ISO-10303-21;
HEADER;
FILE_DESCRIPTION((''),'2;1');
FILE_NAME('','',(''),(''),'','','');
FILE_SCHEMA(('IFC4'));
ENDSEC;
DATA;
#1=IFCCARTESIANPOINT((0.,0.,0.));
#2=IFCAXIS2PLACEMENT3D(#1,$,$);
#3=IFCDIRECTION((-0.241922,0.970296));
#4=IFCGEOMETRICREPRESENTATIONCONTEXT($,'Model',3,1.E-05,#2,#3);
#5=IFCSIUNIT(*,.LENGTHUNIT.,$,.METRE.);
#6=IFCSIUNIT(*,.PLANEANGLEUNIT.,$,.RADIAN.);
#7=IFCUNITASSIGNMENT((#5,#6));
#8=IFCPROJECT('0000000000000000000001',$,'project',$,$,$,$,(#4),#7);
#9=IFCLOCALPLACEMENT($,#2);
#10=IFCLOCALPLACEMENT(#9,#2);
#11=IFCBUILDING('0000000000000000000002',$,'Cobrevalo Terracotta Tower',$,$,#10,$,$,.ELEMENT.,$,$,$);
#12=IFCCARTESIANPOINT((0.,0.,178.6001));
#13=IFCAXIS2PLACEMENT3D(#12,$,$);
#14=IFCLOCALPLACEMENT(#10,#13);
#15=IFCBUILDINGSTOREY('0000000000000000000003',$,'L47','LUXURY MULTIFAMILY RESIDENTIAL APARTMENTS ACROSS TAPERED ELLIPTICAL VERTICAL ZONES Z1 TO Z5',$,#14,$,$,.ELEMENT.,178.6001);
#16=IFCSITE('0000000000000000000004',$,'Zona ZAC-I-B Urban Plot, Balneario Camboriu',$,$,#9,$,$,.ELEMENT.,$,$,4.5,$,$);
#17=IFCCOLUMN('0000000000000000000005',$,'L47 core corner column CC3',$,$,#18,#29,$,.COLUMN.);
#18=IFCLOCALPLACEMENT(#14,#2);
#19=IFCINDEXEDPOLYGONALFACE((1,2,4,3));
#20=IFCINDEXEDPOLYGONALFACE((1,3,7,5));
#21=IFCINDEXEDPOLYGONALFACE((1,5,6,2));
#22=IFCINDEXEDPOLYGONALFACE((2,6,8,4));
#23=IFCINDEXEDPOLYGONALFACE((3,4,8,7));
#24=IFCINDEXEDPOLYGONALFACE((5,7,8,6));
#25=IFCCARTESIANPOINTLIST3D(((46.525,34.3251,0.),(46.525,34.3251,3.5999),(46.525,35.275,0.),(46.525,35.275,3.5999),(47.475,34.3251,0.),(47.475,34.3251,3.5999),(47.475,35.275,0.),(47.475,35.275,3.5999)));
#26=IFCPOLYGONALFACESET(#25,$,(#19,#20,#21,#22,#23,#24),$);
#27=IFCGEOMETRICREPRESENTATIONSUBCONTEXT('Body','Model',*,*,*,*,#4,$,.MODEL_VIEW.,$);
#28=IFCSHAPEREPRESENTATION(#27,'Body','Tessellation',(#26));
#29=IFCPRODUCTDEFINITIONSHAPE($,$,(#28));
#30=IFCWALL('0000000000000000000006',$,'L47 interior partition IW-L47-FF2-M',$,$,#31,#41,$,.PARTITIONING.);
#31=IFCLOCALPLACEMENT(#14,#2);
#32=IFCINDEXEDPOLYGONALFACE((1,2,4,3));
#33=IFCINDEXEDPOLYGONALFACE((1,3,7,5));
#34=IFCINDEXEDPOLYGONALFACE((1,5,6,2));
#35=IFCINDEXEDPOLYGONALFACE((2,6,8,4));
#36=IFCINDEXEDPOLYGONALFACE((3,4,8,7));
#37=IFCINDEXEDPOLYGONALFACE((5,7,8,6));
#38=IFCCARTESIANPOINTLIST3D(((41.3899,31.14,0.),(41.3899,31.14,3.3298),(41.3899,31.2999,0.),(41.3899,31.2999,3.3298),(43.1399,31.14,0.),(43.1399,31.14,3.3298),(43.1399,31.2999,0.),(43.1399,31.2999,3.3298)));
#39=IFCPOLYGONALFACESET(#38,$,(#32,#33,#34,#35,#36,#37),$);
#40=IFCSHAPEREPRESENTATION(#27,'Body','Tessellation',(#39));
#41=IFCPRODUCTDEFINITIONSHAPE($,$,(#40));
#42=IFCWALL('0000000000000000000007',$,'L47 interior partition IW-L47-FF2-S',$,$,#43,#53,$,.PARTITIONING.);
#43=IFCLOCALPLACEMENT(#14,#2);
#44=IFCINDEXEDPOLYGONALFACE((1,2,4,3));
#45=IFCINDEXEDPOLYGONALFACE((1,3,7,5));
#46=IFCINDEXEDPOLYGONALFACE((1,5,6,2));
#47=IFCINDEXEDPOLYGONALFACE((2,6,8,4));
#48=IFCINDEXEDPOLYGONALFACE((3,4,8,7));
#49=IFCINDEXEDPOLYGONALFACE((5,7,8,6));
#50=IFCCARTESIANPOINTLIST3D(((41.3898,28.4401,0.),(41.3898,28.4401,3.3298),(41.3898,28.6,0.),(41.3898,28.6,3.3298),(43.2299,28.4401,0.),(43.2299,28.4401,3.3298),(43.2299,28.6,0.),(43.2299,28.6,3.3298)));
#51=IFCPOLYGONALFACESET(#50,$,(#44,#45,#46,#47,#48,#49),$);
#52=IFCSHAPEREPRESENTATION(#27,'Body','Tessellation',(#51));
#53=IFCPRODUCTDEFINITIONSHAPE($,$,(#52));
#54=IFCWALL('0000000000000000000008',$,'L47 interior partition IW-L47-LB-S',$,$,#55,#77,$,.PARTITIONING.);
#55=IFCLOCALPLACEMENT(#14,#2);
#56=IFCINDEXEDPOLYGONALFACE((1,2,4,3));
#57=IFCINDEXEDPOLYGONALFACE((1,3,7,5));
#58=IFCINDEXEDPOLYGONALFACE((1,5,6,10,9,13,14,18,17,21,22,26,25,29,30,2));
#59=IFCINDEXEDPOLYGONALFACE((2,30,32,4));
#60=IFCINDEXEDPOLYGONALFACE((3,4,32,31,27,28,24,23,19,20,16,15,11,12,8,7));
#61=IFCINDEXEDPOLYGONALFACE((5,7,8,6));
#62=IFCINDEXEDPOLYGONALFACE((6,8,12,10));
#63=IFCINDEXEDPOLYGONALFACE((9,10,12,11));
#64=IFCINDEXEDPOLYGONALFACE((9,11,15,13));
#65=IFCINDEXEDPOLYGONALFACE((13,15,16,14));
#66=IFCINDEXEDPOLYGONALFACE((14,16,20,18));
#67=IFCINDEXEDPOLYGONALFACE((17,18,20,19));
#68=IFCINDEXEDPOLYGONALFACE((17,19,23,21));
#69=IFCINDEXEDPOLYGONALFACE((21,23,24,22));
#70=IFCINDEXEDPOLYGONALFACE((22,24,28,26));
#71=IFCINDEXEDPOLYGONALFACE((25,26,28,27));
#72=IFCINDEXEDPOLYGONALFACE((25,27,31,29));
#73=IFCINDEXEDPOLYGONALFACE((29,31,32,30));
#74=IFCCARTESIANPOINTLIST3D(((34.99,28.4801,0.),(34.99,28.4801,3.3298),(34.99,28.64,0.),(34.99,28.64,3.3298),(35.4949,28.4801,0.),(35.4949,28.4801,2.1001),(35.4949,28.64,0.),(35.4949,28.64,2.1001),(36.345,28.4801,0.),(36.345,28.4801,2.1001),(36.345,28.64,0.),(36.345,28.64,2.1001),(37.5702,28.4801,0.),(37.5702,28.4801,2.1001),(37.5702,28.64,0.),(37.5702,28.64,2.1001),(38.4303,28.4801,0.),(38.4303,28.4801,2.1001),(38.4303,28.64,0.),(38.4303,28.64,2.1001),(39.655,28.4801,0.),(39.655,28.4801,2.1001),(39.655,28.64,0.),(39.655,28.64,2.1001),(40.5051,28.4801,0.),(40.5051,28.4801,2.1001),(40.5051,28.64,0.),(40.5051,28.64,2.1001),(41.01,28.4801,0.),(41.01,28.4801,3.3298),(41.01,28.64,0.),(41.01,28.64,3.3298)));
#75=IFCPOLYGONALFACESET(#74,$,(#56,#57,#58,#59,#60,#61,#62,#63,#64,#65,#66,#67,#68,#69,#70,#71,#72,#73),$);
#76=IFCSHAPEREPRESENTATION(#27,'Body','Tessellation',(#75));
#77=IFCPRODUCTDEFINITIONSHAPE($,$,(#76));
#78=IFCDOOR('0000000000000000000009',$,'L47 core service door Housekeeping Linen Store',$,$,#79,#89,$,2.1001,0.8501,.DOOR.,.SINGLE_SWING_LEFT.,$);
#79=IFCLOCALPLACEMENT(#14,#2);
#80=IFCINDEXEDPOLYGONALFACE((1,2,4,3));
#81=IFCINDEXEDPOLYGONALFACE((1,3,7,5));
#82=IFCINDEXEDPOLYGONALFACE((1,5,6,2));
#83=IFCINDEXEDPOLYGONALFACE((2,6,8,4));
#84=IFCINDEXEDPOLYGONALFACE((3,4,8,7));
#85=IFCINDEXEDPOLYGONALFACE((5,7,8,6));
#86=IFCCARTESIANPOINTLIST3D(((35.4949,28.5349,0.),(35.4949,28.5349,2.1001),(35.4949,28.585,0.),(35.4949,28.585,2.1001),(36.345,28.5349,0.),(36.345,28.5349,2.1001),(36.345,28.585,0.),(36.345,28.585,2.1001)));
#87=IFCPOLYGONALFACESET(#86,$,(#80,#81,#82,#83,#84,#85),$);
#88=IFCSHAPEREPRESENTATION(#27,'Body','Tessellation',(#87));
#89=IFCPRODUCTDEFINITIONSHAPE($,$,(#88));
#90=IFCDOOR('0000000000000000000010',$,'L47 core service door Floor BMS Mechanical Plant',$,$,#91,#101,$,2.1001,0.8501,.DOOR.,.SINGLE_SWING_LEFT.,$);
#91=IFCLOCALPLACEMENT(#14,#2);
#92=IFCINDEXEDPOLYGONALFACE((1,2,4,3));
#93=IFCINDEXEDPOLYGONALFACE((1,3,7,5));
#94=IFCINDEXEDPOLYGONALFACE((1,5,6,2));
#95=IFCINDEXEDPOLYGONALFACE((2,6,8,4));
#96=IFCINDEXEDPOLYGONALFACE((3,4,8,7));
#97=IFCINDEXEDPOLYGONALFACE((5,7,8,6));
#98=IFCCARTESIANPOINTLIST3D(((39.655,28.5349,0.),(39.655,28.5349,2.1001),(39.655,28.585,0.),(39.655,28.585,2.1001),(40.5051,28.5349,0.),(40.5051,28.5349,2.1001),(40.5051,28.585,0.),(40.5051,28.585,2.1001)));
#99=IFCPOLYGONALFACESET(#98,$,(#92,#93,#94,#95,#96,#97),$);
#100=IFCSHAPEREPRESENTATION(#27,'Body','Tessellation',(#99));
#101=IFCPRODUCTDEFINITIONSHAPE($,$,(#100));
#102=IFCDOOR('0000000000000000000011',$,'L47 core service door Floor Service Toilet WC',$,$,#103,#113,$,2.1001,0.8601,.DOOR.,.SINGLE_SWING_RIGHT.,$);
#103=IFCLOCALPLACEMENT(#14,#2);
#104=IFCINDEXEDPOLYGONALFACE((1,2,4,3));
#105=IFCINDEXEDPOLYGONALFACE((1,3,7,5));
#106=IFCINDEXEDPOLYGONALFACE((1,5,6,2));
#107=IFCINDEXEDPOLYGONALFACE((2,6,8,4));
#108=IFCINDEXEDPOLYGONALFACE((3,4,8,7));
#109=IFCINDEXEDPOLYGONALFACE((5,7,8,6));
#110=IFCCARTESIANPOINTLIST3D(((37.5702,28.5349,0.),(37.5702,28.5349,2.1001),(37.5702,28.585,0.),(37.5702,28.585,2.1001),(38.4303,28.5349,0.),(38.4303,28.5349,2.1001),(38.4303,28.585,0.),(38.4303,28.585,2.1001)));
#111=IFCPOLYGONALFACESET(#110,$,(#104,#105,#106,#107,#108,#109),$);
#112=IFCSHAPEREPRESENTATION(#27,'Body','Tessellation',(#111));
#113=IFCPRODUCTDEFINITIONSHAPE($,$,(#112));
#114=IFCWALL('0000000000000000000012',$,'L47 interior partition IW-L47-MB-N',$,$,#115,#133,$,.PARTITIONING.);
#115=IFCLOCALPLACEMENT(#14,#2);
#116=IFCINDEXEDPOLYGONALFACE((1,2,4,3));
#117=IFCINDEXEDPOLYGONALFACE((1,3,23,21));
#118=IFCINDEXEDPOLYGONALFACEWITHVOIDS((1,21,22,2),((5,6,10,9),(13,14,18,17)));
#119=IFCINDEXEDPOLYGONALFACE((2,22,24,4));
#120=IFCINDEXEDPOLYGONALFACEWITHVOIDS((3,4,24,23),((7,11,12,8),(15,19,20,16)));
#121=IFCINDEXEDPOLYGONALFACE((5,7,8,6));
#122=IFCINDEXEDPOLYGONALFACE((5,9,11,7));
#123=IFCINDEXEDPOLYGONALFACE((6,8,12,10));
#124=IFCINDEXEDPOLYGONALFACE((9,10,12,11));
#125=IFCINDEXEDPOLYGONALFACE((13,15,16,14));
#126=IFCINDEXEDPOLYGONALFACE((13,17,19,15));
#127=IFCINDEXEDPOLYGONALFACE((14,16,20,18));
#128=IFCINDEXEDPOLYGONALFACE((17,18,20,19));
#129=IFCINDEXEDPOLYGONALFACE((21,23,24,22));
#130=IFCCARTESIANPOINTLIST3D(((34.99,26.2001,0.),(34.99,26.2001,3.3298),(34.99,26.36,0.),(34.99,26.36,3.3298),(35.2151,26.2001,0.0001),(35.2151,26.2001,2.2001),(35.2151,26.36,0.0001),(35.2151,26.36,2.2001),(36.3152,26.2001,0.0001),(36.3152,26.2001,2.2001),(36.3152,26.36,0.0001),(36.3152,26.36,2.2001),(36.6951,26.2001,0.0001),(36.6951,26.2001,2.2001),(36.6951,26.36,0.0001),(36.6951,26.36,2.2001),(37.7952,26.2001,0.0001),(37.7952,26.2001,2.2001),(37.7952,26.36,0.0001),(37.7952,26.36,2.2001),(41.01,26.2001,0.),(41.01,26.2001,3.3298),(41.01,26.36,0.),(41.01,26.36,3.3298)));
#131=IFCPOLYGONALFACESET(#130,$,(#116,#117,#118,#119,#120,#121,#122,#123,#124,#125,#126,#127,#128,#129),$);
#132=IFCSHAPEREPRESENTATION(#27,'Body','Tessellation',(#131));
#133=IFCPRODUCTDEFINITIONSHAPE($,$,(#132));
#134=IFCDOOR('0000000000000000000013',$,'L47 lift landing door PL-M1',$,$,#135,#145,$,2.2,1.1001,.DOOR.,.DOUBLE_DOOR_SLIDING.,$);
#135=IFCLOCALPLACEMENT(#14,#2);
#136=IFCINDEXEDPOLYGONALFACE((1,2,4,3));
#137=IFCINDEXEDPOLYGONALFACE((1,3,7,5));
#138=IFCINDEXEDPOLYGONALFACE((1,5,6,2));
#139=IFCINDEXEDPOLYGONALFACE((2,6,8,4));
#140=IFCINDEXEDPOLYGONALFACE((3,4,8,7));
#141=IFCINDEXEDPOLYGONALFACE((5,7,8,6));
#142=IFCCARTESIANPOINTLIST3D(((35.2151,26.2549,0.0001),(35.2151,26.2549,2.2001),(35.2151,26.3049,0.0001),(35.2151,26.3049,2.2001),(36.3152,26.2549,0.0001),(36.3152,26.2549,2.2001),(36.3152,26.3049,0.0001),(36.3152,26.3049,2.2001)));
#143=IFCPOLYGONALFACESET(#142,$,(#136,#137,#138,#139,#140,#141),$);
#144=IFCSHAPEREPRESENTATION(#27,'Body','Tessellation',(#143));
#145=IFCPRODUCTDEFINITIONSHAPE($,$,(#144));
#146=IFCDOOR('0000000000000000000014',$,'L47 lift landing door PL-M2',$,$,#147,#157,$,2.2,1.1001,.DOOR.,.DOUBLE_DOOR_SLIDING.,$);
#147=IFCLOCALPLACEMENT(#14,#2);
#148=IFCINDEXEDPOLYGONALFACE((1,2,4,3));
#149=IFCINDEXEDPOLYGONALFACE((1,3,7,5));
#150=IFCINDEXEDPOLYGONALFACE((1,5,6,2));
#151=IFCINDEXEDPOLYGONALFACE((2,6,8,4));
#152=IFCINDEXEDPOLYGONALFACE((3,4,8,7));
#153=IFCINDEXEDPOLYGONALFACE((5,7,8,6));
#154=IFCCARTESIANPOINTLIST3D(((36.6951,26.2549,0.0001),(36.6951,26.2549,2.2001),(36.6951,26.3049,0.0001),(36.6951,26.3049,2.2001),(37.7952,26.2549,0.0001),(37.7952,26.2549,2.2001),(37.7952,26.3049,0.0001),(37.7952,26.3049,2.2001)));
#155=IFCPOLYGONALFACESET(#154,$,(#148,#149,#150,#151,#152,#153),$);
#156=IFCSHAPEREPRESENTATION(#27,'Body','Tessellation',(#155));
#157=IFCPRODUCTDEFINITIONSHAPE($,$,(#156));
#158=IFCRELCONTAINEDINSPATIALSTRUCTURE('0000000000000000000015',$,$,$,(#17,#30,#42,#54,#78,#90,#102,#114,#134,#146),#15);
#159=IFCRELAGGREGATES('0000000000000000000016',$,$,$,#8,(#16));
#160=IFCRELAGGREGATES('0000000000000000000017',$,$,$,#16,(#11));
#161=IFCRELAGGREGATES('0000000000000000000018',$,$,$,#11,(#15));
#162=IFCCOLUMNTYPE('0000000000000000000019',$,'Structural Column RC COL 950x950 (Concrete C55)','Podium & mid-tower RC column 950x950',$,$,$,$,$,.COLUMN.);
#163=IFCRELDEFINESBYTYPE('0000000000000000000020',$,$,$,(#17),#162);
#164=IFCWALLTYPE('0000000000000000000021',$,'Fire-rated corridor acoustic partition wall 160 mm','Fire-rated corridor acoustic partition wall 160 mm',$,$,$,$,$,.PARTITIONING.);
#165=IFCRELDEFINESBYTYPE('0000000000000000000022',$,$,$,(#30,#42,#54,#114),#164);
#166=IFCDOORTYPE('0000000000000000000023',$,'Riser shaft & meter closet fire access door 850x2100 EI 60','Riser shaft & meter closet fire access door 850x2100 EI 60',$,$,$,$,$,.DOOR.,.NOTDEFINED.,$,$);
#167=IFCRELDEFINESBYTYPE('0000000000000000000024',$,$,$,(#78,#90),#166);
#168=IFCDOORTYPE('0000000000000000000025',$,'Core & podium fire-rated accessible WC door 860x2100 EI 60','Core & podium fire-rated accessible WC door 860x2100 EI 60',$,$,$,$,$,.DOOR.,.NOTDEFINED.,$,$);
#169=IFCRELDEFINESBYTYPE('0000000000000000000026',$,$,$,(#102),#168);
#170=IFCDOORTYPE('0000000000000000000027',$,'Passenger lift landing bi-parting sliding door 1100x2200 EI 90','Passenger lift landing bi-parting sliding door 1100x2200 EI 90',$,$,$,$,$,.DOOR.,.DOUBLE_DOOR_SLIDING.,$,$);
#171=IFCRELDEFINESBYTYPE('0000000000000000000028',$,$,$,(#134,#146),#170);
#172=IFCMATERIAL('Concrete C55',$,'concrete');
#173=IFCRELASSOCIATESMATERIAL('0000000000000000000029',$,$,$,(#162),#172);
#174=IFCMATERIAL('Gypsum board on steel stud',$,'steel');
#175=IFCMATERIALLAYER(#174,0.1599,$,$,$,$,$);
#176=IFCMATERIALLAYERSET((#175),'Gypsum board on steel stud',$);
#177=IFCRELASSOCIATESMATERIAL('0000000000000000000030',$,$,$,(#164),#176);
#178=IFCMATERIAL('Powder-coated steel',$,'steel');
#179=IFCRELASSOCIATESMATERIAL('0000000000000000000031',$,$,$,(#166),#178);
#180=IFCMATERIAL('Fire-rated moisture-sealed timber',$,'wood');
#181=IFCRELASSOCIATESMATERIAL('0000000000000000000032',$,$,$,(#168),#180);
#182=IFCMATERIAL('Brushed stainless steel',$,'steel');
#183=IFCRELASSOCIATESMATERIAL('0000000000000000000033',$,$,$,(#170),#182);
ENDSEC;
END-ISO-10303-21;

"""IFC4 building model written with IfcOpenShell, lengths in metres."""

from ifc_helpers import new_model, si_unit, direction, frame, frame_2d, origin, origin_2d, place, context, subcontext, project, spatial, rectangle, extrude, source, transform, mapped, material, layer, layer_set, material_profile, profile_set, type_object, element, fill, save


model = new_model("IFC4")

# Units and contexts
model_context = context("Model", 3, precision=1e-05, world=origin(), true_north=direction((-0.241922, 0.970296)))
body_context = subcontext(model_context, "Body", "Model", "MODEL_VIEW")
ifc_project = project(units=[si_unit("LENGTHUNIT", "METRE"), si_unit("PLANEANGLEUNIT", "RADIAN")], contexts=[model_context])

# Site, building, storey
site_placement = place(None, origin())
site = spatial("IfcSite", under=ifc_project, at=site_placement, Name="Zona ZAC-I-B Urban Plot, Balneario Camboriu", CompositionType="ELEMENT", RefElevation=4.5)
building_placement = place(site_placement, origin())
building = spatial("IfcBuilding", under=site, at=building_placement, Name="Cobrevalo Terracotta Tower", CompositionType="ELEMENT")
storey_placement = place(building_placement, frame((0.0, 0.0, 178.6001)))
storey = spatial("IfcBuildingStorey", under=building, at=storey_placement, Name="L47", Description="LUXURY MULTIFAMILY RESIDENTIAL APARTMENTS ACROSS TAPERED ELLIPTICAL VERTICAL ZONES Z1 TO Z5", CompositionType="ELEMENT", Elevation=178.6001)

# Column
ifc_material_1 = material(Name="Concrete C55", Category="concrete")
ifc_material_profile = material_profile(ifc_material_1, rectangle(XDim=0.95, YDim=0.95, at=origin_2d()), Name="RC COL 950x950")
ifc_profile_set = profile_set([ifc_material_profile], Name="Concrete C55")
column_type = type_object("IfcColumnType", Name="Structural Column RC COL 950x950 (Concrete C55)", Description="Podium & mid-tower RC column 950x950", PredefinedType="COLUMN", material=ifc_profile_set)
column_placement = place(storey_placement, frame((47.0, 34.8, 0.0), z_axis=(0.0, 0.0, 1.0), x_axis=(1.0, 0.0, 0.0)))
element("IfcColumn", 1, at=column_placement, inside=storey, type_object=column_type, Name="L47 core corner column CC3", PredefinedType="COLUMN", context=body_context, shape_type="SweptSolid", body=[
    extrude(rectangle(XDim=0.95, YDim=0.95, at=origin_2d()), origin(), (0.0, 0.0, 1.0), 3.5999),
])

# Walls
ifc_material_2 = material(Name="Gypsum board on steel stud", Category="steel")
ifc_layer_1 = layer(ifc_material_2, 0.1599)
ifc_layer_set_1 = layer_set([ifc_layer_1], Name="Gypsum board on steel stud")
wall_type_1 = type_object("IfcWallType", Name="Fire-rated corridor acoustic partition wall 160 mm", Description="Fire-rated corridor acoustic partition wall 160 mm", PredefinedType="PARTITIONING", material=ifc_layer_set_1)
wall_1_placement = place(storey_placement, frame((41.3899, 31.22, 0.0), z_axis=(0.0, 0.0, 1.0), x_axis=(1.0, 0.0, 0.0)))
element("IfcWall", 2, at=wall_1_placement, inside=storey, type_object=wall_type_1, Name="L47 interior partition IW-L47-FF2-M", PredefinedType="PARTITIONING", context=body_context, shape_type="SweptSolid", body=[
    extrude(rectangle(XDim=1.75, YDim=0.1599, at=frame_2d((0.875, 0.0))), origin(), (0.0, 0.0, 1.0), 3.3298),
])
wall_2_placement = place(storey_placement, frame((41.3899, 28.52, 0.0), z_axis=(0.0, 0.0, 1.0), x_axis=(1.0, 0.0, 0.0)))
element("IfcWall", 3, at=wall_2_placement, inside=storey, type_object=wall_type_1, Name="L47 interior partition IW-L47-FF2-S", PredefinedType="PARTITIONING", context=body_context, shape_type="SweptSolid", body=[
    extrude(rectangle(XDim=1.8401, YDim=0.1599, at=frame_2d((0.9199, 0.0))), origin(), (0.0, 0.0, 1.0), 3.3298),
])

# Walls, openings, doors
wall_3_placement = place(storey_placement, frame((34.99, 28.5601, 0.0), z_axis=(0.0, 0.0, 1.0), x_axis=(1.0, 0.0, 0.0)))
wall_3 = element("IfcWall", 4, at=wall_3_placement, inside=storey, type_object=wall_type_1, Name="L47 interior partition IW-L47-LB-S", PredefinedType="PARTITIONING", context=body_context, shape_type="SweptSolid", body=[
    extrude(rectangle(XDim=6.02, YDim=0.1599, at=frame_2d((3.01, 0.0))), origin(), (0.0, 0.0, 1.0), 3.3298),
])
opening_1_placement = place(wall_3_placement, frame((0.5049, 0.0, 0.0)))
opening_1 = element("IfcOpeningElement", 5, at=opening_1_placement, cuts=wall_3, PredefinedType="OPENING", context=body_context, shape_type="SweptSolid", body=[
    extrude(rectangle(XDim=0.8501, YDim=2.1001, at=frame_2d((0.425, 1.05))), frame((0.0, 0.0898, 0.0), z_axis=(0.0, -1.0, 0.0), x_axis=(1.0, 0.0, 0.0)), (0.0, 0.0, 1.0), 0.1799),
])
opening_2_placement = place(wall_3_placement, frame((2.5801, 0.0, 0.0)))
opening_2 = element("IfcOpeningElement", 6, at=opening_2_placement, cuts=wall_3, PredefinedType="OPENING", context=body_context, shape_type="SweptSolid", body=[
    extrude(rectangle(XDim=0.8601, YDim=2.1001, at=frame_2d((0.4302, 1.05))), frame((0.0, 0.0898, 0.0), z_axis=(0.0, -1.0, 0.0), x_axis=(1.0, 0.0, 0.0)), (0.0, 0.0, 1.0), 0.1799),
])
opening_3_placement = place(wall_3_placement, frame((4.665, 0.0, 0.0)))
opening_3 = element("IfcOpeningElement", 7, at=opening_3_placement, cuts=wall_3, PredefinedType="OPENING", context=body_context, shape_type="SweptSolid", body=[
    extrude(rectangle(XDim=0.8501, YDim=2.1001, at=frame_2d((0.425, 1.05))), frame((0.0, 0.0898, 0.0), z_axis=(0.0, -1.0, 0.0), x_axis=(1.0, 0.0, 0.0)), (0.0, 0.0, 1.0), 0.1799),
])
ifc_material_3 = material(Name="Powder-coated steel", Category="steel")
door_type_1 = type_object("IfcDoorType", Name="Riser shaft & meter closet fire access door 850x2100 EI 60", Description="Riser shaft & meter closet fire access door 850x2100 EI 60", OperationType="NOTDEFINED", PredefinedType="DOOR", material=ifc_material_3)
shared_shape_1 = source(origin(), body_context, "Body", "SweptSolid", [
    extrude(rectangle(XDim=0.8501, YDim=2.1001, at=frame_2d((0.425, 1.05))), frame((0.0, 0.0249, 0.0), z_axis=(0.0, -1.0, 0.0), x_axis=(1.0, 0.0, 0.0)), (0.0, 0.0, 1.0), 0.05),
])
door_1_placement = place(opening_1_placement, origin())
door_1 = element("IfcDoor", 8, at=door_1_placement, inside=storey, type_object=door_type_1, Name="L47 core service door Housekeeping Linen Store", OperationType="SINGLE_SWING_LEFT", OverallHeight=2.1001, OverallWidth=0.8501, PredefinedType="DOOR", context=body_context, shape_type="MappedRepresentation", body=[
    mapped(shared_shape_1, transform((0.0, 0.0, 0.0), scale=1.0)),
])
fill(opening_1, door_1)
door_2_placement = place(opening_3_placement, origin())
door_2 = element("IfcDoor", 9, at=door_2_placement, inside=storey, type_object=door_type_1, Name="L47 core service door Floor BMS Mechanical Plant", OperationType="SINGLE_SWING_LEFT", OverallHeight=2.1001, OverallWidth=0.8501, PredefinedType="DOOR", context=body_context, shape_type="MappedRepresentation", body=[
    mapped(shared_shape_1, transform((0.0, 0.0, 0.0), scale=1.0)),
])
fill(opening_3, door_2)
ifc_material_4 = material(Name="Fire-rated moisture-sealed timber", Category="wood")
door_type_2 = type_object("IfcDoorType", Name="Core & podium fire-rated accessible WC door 860x2100 EI 60", Description="Core & podium fire-rated accessible WC door 860x2100 EI 60", OperationType="NOTDEFINED", PredefinedType="DOOR", material=ifc_material_4)
shared_shape_2 = source(origin(), body_context, "Body", "SweptSolid", [
    extrude(rectangle(XDim=0.8601, YDim=2.1001, at=frame_2d((0.4302, 1.05))), frame((0.0, 0.0249, 0.0), z_axis=(0.0, -1.0, 0.0), x_axis=(1.0, 0.0, 0.0)), (0.0, 0.0, 1.0), 0.05),
])
door_3_placement = place(opening_2_placement, origin())
door_3 = element("IfcDoor", 10, at=door_3_placement, inside=storey, type_object=door_type_2, Name="L47 core service door Floor Service Toilet WC", OperationType="SINGLE_SWING_RIGHT", OverallHeight=2.1001, OverallWidth=0.8601, PredefinedType="DOOR", context=body_context, shape_type="MappedRepresentation", body=[
    mapped(shared_shape_2, transform((0.0, 0.0, 0.0), scale=1.0)),
])
fill(opening_2, door_3)
wall_4_placement = place(storey_placement, frame((34.99, 26.28, 0.0), z_axis=(0.0, 0.0, 1.0), x_axis=(1.0, 0.0, 0.0)))
wall_4 = element("IfcWall", 11, at=wall_4_placement, inside=storey, type_object=wall_type_1, Name="L47 interior partition IW-L47-MB-N", PredefinedType="PARTITIONING", context=body_context, shape_type="SweptSolid", body=[
    extrude(rectangle(XDim=6.02, YDim=0.1599, at=frame_2d((3.01, 0.0))), origin(), (0.0, 0.0, 1.0), 3.3298),
])
opening_4_placement = place(wall_4_placement, frame((0.2251, 0.0, 0.0)))
opening_4 = element("IfcOpeningElement", 12, at=opening_4_placement, cuts=wall_4, PredefinedType="OPENING", context=body_context, shape_type="SweptSolid", body=[
    extrude(rectangle(XDim=1.1001, YDim=2.2, at=frame_2d((0.55, 1.1001))), frame((0.0, 0.0898, 0.0), z_axis=(0.0, -1.0, 0.0), x_axis=(1.0, 0.0, 0.0)), (0.0, 0.0, 1.0), 0.1799),
])
opening_5_placement = place(wall_4_placement, frame((1.7051, 0.0, 0.0)))
opening_5 = element("IfcOpeningElement", 13, at=opening_5_placement, cuts=wall_4, PredefinedType="OPENING", context=body_context, shape_type="SweptSolid", body=[
    extrude(rectangle(XDim=1.1001, YDim=2.2, at=frame_2d((0.55, 1.1001))), frame((0.0, 0.0898, 0.0), z_axis=(0.0, -1.0, 0.0), x_axis=(1.0, 0.0, 0.0)), (0.0, 0.0, 1.0), 0.1799),
])
ifc_material_5 = material(Name="Brushed stainless steel", Category="steel")
door_type_3 = type_object("IfcDoorType", Name="Passenger lift landing bi-parting sliding door 1100x2200 EI 90", Description="Passenger lift landing bi-parting sliding door 1100x2200 EI 90", OperationType="DOUBLE_DOOR_SLIDING", PredefinedType="DOOR", material=ifc_material_5)
shared_shape_3 = source(origin(), body_context, "Body", "SweptSolid", [
    extrude(rectangle(XDim=1.1001, YDim=2.2, at=frame_2d((0.55, 1.1001))), frame((0.0, 0.0249, 0.0), z_axis=(0.0, -1.0, 0.0), x_axis=(1.0, 0.0, 0.0)), (0.0, 0.0, 1.0), 0.05),
])
door_4_placement = place(opening_4_placement, origin())
door_4 = element("IfcDoor", 14, at=door_4_placement, inside=storey, type_object=door_type_3, Name="L47 lift landing door PL-M1", OperationType="DOUBLE_DOOR_SLIDING", OverallHeight=2.2, OverallWidth=1.1001, PredefinedType="DOOR", context=body_context, shape_type="MappedRepresentation", body=[
    mapped(shared_shape_3, transform((0.0, 0.0, 0.0), scale=1.0)),
])
fill(opening_4, door_4)
door_5_placement = place(opening_5_placement, origin())
door_5 = element("IfcDoor", 15, at=door_5_placement, inside=storey, type_object=door_type_3, Name="L47 lift landing door PL-M2", OperationType="DOUBLE_DOOR_SLIDING", OverallHeight=2.2, OverallWidth=1.1001, PredefinedType="DOOR", context=body_context, shape_type="MappedRepresentation", body=[
    mapped(shared_shape_3, transform((0.0, 0.0, 0.0), scale=1.0)),
])
fill(opening_5, door_5)

save(model, "model.ifc")
